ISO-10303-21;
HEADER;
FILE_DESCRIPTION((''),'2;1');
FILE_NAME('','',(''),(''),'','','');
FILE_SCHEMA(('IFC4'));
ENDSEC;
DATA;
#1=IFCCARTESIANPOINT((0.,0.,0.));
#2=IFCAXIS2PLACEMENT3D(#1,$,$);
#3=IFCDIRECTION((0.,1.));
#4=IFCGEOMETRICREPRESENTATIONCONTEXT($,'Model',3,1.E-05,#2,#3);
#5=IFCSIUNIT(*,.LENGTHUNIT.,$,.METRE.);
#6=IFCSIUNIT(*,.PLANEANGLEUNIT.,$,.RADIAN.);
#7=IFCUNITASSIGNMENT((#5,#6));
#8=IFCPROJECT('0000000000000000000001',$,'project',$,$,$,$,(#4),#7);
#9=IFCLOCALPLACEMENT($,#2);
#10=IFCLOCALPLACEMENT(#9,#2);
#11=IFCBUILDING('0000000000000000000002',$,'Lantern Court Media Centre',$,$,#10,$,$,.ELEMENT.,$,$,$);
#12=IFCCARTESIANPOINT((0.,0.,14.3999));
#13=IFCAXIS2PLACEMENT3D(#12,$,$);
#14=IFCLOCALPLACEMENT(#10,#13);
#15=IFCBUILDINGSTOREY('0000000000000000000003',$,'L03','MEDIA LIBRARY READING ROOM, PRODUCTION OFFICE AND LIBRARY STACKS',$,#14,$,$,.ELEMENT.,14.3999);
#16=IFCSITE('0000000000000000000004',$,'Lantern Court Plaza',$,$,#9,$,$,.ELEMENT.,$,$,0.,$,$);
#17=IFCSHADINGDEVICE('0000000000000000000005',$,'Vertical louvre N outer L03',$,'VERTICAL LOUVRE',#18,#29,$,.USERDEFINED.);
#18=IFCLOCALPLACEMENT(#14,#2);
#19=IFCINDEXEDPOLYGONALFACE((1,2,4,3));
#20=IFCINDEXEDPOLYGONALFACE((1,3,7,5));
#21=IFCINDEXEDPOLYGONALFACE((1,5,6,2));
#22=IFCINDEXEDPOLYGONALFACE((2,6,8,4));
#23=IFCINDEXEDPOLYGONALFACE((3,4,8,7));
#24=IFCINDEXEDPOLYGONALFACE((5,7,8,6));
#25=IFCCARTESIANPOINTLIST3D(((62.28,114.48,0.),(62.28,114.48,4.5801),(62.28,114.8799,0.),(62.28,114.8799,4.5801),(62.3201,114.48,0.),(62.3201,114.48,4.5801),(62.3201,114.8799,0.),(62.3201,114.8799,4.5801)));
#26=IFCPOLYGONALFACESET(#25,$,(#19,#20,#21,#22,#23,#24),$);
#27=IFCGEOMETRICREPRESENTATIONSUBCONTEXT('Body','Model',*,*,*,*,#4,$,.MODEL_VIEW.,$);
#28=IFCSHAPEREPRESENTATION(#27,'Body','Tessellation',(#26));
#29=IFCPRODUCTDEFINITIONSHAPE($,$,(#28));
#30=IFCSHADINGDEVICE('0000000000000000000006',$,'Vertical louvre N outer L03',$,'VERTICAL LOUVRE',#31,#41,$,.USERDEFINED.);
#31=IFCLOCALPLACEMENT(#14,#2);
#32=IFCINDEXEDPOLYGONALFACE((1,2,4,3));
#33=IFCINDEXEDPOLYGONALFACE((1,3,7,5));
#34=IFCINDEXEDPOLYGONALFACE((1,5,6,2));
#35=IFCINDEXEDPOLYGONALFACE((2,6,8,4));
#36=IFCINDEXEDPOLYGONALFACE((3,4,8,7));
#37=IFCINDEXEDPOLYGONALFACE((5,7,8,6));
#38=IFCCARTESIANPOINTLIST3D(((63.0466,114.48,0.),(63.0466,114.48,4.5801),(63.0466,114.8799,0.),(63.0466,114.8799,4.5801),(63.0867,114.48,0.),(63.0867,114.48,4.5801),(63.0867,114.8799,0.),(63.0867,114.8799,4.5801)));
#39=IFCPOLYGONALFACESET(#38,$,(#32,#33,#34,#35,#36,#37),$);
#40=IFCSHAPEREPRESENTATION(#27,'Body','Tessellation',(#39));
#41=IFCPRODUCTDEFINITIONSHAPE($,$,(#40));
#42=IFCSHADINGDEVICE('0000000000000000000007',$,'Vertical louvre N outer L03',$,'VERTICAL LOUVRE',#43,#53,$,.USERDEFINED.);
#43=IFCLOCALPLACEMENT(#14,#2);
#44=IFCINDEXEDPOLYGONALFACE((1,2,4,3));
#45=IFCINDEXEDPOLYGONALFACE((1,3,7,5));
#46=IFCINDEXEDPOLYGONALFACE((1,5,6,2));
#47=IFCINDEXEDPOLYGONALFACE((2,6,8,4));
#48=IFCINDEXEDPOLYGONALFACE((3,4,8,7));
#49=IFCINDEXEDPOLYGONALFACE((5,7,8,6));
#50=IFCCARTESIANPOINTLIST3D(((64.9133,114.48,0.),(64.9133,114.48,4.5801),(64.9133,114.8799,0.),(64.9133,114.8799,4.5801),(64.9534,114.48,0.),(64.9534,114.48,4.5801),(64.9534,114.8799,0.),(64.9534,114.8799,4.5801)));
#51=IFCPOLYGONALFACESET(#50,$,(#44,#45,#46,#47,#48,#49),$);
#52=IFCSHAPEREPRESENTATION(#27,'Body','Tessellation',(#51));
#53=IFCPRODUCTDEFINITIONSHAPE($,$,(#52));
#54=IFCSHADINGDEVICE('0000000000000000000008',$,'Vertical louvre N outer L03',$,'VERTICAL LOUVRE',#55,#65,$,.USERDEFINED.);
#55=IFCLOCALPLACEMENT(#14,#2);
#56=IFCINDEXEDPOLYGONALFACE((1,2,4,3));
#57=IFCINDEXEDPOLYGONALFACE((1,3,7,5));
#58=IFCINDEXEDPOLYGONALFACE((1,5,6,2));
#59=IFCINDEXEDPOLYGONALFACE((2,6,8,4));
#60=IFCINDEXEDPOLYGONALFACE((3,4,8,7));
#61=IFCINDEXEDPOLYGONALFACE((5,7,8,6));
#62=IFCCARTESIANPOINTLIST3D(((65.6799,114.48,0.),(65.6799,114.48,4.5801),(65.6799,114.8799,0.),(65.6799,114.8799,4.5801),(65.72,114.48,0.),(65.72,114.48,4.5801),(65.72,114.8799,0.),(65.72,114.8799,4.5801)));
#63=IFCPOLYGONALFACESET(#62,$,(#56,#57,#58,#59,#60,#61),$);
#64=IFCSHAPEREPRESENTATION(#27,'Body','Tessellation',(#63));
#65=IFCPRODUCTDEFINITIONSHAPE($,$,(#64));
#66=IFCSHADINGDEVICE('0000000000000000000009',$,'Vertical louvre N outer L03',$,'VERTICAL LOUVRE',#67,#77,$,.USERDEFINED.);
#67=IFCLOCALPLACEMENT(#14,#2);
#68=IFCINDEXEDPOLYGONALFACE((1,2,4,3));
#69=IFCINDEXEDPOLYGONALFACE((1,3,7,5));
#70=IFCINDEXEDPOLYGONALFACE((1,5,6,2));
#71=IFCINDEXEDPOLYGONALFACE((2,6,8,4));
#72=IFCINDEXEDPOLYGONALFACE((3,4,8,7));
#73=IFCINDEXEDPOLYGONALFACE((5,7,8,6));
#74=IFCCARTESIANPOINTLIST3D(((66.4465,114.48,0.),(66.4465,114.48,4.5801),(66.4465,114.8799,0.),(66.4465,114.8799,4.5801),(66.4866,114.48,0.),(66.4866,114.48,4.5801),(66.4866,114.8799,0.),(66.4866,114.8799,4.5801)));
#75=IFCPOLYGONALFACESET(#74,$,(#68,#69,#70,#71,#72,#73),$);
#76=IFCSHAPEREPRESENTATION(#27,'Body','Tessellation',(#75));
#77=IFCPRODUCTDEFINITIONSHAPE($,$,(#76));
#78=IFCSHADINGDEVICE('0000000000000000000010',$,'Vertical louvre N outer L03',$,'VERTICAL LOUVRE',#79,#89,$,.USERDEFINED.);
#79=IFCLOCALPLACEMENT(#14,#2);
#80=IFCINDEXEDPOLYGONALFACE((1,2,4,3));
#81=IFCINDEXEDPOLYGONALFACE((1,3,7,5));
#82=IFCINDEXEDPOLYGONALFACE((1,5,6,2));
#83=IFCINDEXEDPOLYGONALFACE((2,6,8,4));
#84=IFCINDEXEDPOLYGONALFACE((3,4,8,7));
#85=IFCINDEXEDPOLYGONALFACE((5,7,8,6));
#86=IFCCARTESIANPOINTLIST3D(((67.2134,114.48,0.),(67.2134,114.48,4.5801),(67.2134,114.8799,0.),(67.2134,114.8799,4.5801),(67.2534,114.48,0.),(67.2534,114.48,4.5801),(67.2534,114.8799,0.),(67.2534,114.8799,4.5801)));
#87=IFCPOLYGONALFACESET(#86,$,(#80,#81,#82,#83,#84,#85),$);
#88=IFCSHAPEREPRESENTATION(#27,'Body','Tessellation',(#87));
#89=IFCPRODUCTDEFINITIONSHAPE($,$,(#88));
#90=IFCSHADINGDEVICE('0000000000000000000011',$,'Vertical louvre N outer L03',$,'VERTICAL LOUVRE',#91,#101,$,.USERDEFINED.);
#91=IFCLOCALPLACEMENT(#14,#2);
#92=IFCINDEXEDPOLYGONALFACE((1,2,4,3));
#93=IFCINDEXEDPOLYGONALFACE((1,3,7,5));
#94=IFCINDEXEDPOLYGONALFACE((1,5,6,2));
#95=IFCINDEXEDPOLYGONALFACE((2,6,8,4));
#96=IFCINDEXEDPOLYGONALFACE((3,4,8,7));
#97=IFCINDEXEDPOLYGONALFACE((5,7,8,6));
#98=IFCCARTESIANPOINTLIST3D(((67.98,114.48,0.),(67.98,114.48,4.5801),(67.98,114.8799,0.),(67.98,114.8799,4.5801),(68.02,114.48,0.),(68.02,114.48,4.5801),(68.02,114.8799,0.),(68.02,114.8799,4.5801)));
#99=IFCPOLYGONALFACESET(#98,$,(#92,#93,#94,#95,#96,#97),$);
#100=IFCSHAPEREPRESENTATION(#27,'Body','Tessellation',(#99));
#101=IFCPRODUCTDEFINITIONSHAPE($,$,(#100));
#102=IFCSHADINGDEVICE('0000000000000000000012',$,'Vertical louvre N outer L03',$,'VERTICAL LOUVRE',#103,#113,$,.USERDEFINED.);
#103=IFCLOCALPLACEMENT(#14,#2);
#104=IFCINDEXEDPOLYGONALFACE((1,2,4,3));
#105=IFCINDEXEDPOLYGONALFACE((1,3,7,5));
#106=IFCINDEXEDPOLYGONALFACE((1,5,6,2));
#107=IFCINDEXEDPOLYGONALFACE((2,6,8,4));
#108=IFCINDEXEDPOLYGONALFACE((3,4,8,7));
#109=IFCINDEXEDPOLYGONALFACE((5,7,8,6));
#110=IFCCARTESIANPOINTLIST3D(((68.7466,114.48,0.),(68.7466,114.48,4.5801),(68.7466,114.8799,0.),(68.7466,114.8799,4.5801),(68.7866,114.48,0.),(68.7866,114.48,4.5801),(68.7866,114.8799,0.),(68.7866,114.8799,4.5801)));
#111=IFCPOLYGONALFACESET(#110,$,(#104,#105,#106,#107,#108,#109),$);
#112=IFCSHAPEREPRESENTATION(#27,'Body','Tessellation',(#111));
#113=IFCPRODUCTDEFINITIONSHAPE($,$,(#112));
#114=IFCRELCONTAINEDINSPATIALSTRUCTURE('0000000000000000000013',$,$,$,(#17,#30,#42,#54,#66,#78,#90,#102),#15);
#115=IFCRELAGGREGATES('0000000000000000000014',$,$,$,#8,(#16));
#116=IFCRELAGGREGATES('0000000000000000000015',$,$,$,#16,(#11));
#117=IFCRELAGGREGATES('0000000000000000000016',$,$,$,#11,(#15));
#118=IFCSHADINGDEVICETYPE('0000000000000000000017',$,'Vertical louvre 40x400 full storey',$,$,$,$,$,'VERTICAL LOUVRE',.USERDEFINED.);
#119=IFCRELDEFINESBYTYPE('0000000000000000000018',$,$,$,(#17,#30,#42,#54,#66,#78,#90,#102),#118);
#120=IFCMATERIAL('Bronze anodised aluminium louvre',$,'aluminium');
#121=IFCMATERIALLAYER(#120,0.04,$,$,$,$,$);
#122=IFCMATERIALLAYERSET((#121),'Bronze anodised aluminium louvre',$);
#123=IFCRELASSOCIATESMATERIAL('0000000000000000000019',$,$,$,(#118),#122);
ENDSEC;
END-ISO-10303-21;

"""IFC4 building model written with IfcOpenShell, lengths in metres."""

from ifc_helpers import new_model, si_unit, direction, frame, origin, origin_2d, place, context, subcontext, project, spatial, rectangle, extrude, material, layer, layer_set, type_object, element, save


model = new_model("IFC4")

# Units and contexts
model_context = context("Model", 3, precision=1e-05, world=origin(), true_north=direction((0.0, 1.0)))
body_context = subcontext(model_context, "Body", "Model", "MODEL_VIEW")
ifc_project = project(units=[si_unit("LENGTHUNIT", "METRE"), si_unit("PLANEANGLEUNIT", "RADIAN")], contexts=[model_context])

# Site, building, storey
site_placement = place(None, origin())
site = spatial("IfcSite", under=ifc_project, at=site_placement, Name="Lantern Court Plaza", CompositionType="ELEMENT", RefElevation=0.0)
building_placement = place(site_placement, origin())
building = spatial("IfcBuilding", under=site, at=building_placement, Name="Lantern Court Media Centre", CompositionType="ELEMENT")
storey_placement = place(building_placement, frame((0.0, 0.0, 14.3999)))
storey = spatial("IfcBuildingStorey", under=building, at=storey_placement, Name="L03", Description="MEDIA LIBRARY READING ROOM, PRODUCTION OFFICE AND LIBRARY STACKS", CompositionType="ELEMENT", Elevation=14.3999)

# Shading devices
ifc_material_1 = material(Name="Bronze anodised aluminium louvre", Category="aluminium")
ifc_layer_1 = layer(ifc_material_1, 0.04)
ifc_layer_set_1 = layer_set([ifc_layer_1], Name="Bronze anodised aluminium louvre")
shading_device_type = type_object("IfcShadingDeviceType", Name="Vertical louvre 40x400 full storey", ElementType="VERTICAL LOUVRE", PredefinedType="USERDEFINED", material=ifc_layer_set_1)
for number, where, z_axis, x_axis, name in (
    (1, (62.3, 114.6799, 0.0), (0.0, 0.0, 1.0), (1.0, 0.0, 0.0), "Vertical louvre N outer L03"),
    (2, (63.0667, 114.6799, 0.0), (0.0, 0.0, 1.0), (1.0, 0.0, 0.0), "Vertical louvre N outer L03"),
    (3, (64.9333, 114.6799, 0.0), (0.0, 0.0, 1.0), (1.0, 0.0, 0.0), "Vertical louvre N outer L03"),
    (4, (65.7, 114.6799, 0.0), (0.0, 0.0, 1.0), (1.0, 0.0, 0.0), "Vertical louvre N outer L03"),
    (5, (66.4666, 114.6799, 0.0), (0.0, 0.0, 1.0), (1.0, 0.0, 0.0), "Vertical louvre N outer L03"),
    (6, (67.2334, 114.6799, 0.0), (0.0, 0.0, 1.0), (1.0, 0.0, 0.0), "Vertical louvre N outer L03"),
    (7, (68.0, 114.6799, 0.0), (0.0, 0.0, 1.0), (1.0, 0.0, 0.0), "Vertical louvre N outer L03"),
    (8, (68.7666, 114.6799, 0.0), (0.0, 0.0, 1.0), (1.0, 0.0, 0.0), "Vertical louvre N outer L03"),
):
    element("IfcShadingDevice", number, at=place(storey_placement, frame(where, z_axis=z_axis, x_axis=x_axis)), inside=storey, type_object=shading_device_type, Name=name, ObjectType="VERTICAL LOUVRE", PredefinedType="USERDEFINED", context=body_context, shape_type="SweptSolid", body=[
        extrude(rectangle(XDim=0.04, YDim=0.3999, at=origin_2d()), origin(), (0.0, 0.0, 1.0), 4.5801),
    ])

save(model, "model.ifc")
